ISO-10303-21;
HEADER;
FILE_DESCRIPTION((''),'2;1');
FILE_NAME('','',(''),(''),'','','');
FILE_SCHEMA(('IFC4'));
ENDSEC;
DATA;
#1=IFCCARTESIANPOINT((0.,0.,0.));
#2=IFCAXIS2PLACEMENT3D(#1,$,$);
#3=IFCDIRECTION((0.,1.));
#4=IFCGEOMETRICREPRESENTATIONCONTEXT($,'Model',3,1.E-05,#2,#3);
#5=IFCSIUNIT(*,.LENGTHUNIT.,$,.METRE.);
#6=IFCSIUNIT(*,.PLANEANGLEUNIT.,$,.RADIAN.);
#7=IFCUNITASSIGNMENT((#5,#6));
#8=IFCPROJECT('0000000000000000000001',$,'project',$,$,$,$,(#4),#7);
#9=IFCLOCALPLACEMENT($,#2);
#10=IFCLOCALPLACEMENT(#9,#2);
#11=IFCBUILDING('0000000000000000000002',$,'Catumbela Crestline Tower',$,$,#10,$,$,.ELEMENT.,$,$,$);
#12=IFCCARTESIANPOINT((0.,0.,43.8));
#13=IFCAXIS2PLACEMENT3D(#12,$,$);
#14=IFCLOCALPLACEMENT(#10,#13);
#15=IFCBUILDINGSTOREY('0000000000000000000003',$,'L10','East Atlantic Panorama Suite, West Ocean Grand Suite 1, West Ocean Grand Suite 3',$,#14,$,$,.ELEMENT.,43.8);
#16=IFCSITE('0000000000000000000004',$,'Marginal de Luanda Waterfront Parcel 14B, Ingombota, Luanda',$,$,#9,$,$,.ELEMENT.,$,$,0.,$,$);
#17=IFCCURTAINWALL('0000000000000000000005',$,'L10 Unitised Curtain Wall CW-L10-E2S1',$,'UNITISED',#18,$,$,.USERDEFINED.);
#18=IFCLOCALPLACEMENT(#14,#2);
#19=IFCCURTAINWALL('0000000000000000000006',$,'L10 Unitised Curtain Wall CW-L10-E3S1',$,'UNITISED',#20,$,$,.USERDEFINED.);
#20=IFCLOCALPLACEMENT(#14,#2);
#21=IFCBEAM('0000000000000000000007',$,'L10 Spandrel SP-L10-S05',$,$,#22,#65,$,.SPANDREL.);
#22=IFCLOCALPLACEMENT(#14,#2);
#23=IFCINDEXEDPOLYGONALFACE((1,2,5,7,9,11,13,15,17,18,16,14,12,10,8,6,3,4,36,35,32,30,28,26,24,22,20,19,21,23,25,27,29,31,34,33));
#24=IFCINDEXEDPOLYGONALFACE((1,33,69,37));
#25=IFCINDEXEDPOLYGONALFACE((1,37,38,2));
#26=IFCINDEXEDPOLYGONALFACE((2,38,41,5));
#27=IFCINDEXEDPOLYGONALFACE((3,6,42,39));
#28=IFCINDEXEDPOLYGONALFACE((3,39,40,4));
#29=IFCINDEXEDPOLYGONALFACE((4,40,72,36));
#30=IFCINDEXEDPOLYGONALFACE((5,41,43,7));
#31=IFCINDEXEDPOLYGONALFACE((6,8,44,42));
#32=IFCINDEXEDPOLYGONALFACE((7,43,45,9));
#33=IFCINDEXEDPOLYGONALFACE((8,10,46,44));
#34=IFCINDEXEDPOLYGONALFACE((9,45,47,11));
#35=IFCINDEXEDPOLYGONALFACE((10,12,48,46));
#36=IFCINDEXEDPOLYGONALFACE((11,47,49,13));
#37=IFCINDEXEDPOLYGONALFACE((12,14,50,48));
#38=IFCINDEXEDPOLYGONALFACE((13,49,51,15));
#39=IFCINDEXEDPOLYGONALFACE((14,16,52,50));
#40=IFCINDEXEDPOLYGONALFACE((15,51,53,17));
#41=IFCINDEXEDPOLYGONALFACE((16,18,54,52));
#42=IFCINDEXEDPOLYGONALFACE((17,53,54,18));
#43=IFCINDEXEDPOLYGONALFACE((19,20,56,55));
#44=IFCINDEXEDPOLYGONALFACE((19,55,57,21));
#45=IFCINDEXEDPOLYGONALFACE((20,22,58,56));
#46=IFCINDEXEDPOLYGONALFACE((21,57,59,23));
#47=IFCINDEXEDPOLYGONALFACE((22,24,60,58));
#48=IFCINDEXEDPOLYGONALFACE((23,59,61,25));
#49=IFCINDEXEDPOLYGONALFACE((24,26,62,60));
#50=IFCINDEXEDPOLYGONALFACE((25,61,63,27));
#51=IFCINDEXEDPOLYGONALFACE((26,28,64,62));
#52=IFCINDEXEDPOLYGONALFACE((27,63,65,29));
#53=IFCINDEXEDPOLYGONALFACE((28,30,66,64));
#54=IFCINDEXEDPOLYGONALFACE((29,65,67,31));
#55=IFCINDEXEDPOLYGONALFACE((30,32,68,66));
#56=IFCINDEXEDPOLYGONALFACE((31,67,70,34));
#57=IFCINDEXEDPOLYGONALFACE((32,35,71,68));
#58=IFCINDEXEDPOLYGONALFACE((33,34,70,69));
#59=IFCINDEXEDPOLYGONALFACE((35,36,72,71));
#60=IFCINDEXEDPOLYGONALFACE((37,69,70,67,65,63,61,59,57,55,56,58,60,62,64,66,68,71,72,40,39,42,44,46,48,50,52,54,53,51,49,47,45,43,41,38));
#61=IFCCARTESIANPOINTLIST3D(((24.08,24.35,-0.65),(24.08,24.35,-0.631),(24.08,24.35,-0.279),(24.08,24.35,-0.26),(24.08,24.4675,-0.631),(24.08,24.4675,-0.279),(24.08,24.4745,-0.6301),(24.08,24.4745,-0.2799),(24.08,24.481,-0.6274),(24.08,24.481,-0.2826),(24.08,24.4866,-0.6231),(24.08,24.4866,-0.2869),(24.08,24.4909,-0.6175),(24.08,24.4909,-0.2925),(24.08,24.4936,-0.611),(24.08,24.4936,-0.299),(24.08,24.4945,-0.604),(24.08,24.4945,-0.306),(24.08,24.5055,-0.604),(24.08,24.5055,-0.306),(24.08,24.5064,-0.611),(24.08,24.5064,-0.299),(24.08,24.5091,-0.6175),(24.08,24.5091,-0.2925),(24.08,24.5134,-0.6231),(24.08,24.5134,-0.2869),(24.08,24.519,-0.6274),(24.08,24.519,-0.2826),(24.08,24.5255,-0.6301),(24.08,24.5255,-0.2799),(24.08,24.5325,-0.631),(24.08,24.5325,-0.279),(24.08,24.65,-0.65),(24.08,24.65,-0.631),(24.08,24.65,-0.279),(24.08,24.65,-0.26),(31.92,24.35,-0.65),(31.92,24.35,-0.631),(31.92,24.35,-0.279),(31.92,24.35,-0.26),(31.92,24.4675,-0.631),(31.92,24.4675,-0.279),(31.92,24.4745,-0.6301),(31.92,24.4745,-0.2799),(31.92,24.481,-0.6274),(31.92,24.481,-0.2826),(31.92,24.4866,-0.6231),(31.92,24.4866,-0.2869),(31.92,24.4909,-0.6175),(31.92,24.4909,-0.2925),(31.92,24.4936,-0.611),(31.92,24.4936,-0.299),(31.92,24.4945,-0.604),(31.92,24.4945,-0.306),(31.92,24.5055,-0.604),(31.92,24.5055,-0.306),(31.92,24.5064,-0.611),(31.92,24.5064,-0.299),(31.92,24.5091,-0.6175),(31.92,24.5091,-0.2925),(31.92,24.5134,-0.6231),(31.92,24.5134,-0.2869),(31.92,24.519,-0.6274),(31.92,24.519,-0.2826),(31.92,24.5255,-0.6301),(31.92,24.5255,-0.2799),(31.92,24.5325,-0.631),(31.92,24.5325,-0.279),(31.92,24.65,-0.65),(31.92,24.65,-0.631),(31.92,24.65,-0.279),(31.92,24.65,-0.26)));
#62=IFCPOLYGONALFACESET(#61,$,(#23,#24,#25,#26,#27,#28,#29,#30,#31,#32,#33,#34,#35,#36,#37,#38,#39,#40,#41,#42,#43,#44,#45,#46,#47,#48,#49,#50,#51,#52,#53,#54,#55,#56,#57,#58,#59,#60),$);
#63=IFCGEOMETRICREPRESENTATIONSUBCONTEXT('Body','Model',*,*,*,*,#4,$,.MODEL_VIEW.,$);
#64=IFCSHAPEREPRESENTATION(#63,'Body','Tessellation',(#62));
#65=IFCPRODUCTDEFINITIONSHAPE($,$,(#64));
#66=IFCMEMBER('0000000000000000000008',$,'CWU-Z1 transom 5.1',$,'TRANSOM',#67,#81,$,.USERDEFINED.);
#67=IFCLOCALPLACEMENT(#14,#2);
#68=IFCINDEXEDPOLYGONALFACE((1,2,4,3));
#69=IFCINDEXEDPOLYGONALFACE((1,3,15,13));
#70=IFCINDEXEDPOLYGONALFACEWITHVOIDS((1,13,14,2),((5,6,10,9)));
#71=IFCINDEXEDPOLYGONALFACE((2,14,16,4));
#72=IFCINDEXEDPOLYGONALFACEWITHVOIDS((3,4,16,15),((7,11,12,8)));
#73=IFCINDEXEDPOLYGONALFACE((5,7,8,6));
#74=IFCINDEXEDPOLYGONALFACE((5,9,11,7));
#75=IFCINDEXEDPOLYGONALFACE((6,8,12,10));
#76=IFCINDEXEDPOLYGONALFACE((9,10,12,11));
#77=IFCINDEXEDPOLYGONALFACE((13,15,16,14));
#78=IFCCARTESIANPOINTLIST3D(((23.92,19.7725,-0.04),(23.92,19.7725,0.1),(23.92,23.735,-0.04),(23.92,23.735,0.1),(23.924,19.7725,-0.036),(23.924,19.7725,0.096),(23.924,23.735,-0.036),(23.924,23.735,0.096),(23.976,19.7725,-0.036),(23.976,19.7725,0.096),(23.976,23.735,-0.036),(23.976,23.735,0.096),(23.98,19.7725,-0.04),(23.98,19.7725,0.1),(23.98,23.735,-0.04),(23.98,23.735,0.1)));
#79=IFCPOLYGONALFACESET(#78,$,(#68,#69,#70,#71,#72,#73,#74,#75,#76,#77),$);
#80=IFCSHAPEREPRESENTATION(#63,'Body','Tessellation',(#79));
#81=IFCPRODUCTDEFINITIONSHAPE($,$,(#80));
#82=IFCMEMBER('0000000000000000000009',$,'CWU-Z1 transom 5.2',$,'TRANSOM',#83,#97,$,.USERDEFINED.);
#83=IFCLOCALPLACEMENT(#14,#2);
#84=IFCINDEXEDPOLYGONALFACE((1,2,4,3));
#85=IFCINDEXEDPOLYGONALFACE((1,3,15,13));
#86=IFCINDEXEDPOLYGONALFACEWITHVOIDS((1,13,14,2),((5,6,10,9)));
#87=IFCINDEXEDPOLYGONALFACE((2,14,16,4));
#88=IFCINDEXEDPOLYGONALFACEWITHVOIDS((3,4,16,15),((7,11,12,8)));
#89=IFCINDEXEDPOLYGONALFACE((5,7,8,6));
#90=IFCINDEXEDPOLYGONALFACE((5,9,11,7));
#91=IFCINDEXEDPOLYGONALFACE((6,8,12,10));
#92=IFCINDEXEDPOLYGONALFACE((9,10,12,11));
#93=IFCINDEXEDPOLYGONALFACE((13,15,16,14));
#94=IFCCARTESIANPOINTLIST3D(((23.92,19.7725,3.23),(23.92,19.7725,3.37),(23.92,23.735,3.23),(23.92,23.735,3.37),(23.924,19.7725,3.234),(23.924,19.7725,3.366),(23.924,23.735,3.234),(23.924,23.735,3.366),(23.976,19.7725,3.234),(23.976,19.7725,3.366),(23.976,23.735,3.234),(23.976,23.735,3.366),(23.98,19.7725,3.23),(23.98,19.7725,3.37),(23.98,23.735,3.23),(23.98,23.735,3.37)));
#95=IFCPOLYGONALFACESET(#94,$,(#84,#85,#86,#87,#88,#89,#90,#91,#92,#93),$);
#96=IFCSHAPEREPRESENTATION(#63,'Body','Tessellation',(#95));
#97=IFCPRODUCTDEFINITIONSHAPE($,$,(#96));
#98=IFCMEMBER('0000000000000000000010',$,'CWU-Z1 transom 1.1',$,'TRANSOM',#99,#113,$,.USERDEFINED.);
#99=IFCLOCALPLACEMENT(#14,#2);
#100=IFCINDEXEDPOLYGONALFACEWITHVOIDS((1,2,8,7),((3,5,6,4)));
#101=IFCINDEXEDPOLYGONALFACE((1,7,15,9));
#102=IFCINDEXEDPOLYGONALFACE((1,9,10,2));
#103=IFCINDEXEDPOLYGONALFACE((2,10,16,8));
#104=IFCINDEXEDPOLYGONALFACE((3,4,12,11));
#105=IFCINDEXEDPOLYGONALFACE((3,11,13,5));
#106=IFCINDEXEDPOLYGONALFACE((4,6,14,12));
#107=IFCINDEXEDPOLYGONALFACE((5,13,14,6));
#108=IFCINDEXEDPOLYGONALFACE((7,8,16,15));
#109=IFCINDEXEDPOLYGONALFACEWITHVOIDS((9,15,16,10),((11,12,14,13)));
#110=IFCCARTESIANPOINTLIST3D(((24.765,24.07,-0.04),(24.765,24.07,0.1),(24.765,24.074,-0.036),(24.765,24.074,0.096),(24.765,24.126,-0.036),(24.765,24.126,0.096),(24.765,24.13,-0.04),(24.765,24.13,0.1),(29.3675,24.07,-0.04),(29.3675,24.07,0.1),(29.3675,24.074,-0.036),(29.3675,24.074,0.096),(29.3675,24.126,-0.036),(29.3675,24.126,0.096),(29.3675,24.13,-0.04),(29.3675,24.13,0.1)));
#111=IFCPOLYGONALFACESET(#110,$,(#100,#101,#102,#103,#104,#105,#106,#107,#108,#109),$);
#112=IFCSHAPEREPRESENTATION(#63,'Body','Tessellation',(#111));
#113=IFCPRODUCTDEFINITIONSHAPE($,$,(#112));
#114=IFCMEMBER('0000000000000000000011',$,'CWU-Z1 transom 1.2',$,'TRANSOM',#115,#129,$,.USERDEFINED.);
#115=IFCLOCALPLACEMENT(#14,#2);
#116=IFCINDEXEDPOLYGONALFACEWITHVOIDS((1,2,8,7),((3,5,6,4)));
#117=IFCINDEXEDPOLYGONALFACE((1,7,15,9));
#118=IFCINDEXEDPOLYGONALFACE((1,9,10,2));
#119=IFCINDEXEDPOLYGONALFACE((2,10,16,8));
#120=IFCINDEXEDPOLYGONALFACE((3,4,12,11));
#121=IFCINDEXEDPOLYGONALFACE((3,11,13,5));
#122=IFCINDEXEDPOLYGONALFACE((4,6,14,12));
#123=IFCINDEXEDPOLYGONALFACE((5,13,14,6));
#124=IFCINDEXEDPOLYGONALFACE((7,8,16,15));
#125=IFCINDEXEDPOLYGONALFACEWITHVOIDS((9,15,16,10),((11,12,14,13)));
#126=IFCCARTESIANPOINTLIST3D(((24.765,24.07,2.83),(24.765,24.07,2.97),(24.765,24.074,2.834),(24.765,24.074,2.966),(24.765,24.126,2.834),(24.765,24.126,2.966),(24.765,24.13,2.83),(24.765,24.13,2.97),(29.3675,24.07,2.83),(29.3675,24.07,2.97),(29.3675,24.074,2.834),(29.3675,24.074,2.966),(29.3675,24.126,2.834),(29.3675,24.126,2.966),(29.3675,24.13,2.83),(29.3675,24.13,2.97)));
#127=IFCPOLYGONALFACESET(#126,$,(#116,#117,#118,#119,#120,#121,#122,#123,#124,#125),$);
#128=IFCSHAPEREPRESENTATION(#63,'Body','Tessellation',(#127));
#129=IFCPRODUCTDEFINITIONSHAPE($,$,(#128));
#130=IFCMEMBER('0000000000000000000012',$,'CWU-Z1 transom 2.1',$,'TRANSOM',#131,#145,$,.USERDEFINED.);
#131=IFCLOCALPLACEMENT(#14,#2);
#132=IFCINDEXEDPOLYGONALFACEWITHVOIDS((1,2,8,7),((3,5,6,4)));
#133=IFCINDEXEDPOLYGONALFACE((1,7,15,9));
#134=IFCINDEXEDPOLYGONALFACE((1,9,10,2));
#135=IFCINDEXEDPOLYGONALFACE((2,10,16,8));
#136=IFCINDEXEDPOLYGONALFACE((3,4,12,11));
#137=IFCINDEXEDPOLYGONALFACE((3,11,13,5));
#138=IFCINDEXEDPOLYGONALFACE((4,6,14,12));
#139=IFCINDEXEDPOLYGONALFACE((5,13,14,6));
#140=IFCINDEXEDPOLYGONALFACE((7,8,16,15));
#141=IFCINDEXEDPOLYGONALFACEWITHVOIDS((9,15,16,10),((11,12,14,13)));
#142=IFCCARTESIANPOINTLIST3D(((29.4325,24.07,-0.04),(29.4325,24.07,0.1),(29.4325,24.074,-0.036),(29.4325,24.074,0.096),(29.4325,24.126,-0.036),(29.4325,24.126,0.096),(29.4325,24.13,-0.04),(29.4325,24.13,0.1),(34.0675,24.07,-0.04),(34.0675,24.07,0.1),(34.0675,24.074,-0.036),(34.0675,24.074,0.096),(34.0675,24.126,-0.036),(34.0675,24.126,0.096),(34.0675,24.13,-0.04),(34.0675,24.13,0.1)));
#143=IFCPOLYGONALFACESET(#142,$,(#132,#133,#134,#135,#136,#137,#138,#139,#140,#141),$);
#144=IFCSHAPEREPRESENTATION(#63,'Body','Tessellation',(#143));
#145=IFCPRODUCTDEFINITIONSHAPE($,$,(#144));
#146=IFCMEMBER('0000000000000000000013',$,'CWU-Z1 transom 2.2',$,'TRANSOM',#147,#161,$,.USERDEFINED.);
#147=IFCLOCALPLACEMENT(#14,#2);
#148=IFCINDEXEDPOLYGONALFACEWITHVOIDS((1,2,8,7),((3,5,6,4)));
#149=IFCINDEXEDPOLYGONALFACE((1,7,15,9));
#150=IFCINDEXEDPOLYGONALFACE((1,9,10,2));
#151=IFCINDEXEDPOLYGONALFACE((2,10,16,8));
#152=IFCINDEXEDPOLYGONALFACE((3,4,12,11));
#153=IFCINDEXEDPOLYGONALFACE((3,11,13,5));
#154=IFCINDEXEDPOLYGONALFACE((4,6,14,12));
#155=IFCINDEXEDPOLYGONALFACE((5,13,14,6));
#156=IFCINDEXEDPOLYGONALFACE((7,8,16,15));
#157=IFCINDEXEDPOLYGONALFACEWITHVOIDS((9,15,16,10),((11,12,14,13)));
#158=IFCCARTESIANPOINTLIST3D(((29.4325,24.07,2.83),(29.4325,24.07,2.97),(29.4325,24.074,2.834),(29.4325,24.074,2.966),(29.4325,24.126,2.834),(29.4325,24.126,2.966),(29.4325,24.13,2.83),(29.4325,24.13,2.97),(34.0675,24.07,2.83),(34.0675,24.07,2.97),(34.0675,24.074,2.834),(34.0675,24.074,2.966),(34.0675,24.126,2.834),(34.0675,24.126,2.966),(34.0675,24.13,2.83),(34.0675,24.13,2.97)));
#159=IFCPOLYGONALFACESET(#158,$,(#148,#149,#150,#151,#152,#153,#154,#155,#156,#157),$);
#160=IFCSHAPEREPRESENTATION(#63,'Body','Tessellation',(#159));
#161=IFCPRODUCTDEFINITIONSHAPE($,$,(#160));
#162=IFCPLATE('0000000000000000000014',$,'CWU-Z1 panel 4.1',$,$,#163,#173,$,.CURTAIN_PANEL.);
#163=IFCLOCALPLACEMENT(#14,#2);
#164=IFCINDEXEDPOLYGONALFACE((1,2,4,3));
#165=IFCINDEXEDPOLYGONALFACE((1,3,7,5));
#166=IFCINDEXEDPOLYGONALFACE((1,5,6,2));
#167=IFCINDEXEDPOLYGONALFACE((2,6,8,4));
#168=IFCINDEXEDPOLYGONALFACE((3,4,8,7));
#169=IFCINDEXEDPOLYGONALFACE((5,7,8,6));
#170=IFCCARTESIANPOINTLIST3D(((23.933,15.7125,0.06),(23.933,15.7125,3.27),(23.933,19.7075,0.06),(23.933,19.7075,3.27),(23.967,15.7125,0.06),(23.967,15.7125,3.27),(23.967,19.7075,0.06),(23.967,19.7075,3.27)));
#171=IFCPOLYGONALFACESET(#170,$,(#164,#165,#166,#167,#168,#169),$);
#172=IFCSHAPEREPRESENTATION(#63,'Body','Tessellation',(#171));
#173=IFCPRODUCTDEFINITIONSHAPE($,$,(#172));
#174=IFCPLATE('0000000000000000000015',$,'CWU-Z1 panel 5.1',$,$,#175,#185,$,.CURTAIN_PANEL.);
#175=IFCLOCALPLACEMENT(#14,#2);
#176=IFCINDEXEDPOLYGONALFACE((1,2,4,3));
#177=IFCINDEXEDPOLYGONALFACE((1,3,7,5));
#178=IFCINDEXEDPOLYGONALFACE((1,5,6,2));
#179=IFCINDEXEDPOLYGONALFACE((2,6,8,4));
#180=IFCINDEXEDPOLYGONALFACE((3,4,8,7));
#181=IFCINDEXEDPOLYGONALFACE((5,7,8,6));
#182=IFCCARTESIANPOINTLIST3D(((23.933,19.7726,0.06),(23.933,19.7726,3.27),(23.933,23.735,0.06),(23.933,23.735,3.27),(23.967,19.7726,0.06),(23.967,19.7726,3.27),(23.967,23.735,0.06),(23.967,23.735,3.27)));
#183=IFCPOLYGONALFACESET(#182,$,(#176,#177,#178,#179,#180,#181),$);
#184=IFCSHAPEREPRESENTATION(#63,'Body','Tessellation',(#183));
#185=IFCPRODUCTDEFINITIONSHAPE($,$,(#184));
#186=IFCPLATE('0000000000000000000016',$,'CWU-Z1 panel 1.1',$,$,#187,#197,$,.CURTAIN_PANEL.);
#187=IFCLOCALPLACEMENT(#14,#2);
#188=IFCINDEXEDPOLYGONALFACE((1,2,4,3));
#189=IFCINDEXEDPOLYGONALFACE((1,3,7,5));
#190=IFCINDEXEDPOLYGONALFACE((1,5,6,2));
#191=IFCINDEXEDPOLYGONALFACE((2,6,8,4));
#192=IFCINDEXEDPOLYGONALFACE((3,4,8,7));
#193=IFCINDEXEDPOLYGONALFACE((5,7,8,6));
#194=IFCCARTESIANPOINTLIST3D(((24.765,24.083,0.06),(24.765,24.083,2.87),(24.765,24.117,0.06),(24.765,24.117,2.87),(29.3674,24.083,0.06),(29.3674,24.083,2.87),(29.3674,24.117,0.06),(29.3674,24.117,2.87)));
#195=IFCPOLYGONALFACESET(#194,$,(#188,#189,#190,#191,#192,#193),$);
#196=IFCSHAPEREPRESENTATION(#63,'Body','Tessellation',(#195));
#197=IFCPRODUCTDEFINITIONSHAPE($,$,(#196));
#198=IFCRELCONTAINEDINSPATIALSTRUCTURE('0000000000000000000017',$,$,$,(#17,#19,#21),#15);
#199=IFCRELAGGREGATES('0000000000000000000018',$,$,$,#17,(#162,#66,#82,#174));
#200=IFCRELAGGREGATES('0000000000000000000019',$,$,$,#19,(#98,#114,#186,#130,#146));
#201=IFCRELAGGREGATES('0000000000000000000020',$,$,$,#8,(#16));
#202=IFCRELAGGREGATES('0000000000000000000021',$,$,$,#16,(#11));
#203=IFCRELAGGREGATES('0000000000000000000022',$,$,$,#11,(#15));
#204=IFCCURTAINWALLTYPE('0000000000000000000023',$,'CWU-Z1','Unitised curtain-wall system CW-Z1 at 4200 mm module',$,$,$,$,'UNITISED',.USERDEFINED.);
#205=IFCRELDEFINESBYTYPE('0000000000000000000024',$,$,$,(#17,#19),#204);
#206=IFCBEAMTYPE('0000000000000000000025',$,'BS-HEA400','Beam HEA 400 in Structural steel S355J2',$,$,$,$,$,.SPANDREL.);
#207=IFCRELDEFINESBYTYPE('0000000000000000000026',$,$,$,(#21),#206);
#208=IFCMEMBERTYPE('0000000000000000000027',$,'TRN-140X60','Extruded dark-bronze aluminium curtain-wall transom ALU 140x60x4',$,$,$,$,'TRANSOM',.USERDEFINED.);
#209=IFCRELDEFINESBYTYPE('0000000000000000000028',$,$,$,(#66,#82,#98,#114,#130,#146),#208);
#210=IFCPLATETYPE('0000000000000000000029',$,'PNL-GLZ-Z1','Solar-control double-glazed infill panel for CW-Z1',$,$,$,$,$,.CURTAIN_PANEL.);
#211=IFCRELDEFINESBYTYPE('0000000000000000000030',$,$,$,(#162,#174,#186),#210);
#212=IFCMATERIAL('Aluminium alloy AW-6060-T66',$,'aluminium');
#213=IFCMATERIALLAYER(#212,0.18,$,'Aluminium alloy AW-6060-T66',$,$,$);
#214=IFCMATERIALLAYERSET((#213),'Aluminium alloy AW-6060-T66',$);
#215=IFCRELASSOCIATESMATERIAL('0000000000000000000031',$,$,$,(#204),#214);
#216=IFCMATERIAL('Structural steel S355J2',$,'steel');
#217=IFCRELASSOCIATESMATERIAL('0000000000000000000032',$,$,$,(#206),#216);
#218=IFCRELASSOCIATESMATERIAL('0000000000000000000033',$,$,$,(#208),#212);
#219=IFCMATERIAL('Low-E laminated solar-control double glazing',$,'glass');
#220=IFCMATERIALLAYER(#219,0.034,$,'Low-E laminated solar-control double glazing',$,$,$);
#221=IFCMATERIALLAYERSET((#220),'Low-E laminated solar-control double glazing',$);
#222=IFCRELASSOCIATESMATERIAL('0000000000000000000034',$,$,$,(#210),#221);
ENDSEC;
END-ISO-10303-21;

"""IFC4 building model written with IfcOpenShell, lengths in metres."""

from ifc_helpers import new_model, si_unit, direction, frame, origin, origin_2d, place, context, subcontext, project, spatial, rectangle, hollow_rectangle, i_section, extrude, material, layer, layer_set, material_profile, profile_set, type_object, element, aggregate, save


model = new_model("IFC4")

# Units and contexts
model_context = context("Model", 3, precision=1e-05, world=origin(), true_north=direction((0.0, 1.0)))
body_context = subcontext(model_context, "Body", "Model", "MODEL_VIEW")
ifc_project = project(units=[si_unit("LENGTHUNIT", "METRE"), si_unit("PLANEANGLEUNIT", "RADIAN")], contexts=[model_context])

# Site, building, storey
site_placement = place(None, origin())
site = spatial("IfcSite", under=ifc_project, at=site_placement, Name="Marginal de Luanda Waterfront Parcel 14B, Ingombota, Luanda", CompositionType="ELEMENT", RefElevation=0.0)
building_placement = place(site_placement, origin())
building = spatial("IfcBuilding", under=site, at=building_placement, Name="Catumbela Crestline Tower", CompositionType="ELEMENT")
storey_placement = place(building_placement, frame((0.0, 0.0, 43.8)))
storey = spatial("IfcBuildingStorey", under=building, at=storey_placement, Name="L10", Description="East Atlantic Panorama Suite, West Ocean Grand Suite 1, West Ocean Grand Suite 3", CompositionType="ELEMENT", Elevation=43.8)

# Shared definitions
ifc_material_1 = material(Name="Structural steel S355J2", Category="steel")

# Curtain walls
ifc_material_2 = material(Name="Aluminium alloy AW-6060-T66", Category="aluminium")
ifc_layer_1 = layer(ifc_material_2, 0.18, Name="Aluminium alloy AW-6060-T66")
ifc_layer_set_1 = layer_set([ifc_layer_1], Name="Aluminium alloy AW-6060-T66")
curtain_wall_type = type_object("IfcCurtainWallType", Name="CWU-Z1", Description="Unitised curtain-wall system CW-Z1 at 4200 mm module", ElementType="UNITISED", PredefinedType="USERDEFINED", material=ifc_layer_set_1)
curtain_wall_1_placement = place(storey_placement, origin())
curtain_wall_1 = element("IfcCurtainWall", 1, at=curtain_wall_1_placement, inside=storey, type_object=curtain_wall_type, Name="L10 Unitised Curtain Wall CW-L10-E2S1", ObjectType="UNITISED", PredefinedType="USERDEFINED")
curtain_wall_2_placement = place(storey_placement, origin())
curtain_wall_2 = element("IfcCurtainWall", 2, at=curtain_wall_2_placement, inside=storey, type_object=curtain_wall_type, Name="L10 Unitised Curtain Wall CW-L10-E3S1", ObjectType="UNITISED", PredefinedType="USERDEFINED")

# Beam
ifc_material_profile_1 = material_profile(ifc_material_1, i_section(OverallWidth=0.3, OverallDepth=0.39, WebThickness=0.011, FlangeThickness=0.019, FilletRadius=0.027, at=origin_2d()), Name="HEA 400")
ifc_profile_set_1 = profile_set([ifc_material_profile_1], Name="Structural steel S355J2")
beam_type_1 = type_object("IfcBeamType", Name="BS-HEA400", Description="Beam HEA 400 in Structural steel S355J2", PredefinedType="SPANDREL", material=ifc_profile_set_1)
beam_1_placement = place(storey_placement, frame((24.08, 24.5, -0.455), z_axis=(1.0, 0.0, 0.0), x_axis=(0.0, 1.0, 0.0)))
element("IfcBeam", 3, at=beam_1_placement, inside=storey, type_object=beam_type_1, Name="L10 Spandrel SP-L10-S05", PredefinedType="SPANDREL", context=body_context, shape_type="SweptSolid", body=[
    extrude(i_section(OverallWidth=0.3, OverallDepth=0.39, WebThickness=0.011, FlangeThickness=0.019, FilletRadius=0.027, at=origin_2d()), origin(), (0.0, 0.0, 1.0), 7.84),
])

# Members
ifc_material_profile_2 = material_profile(ifc_material_2, hollow_rectangle(XDim=0.06, YDim=0.14, WallThickness=0.004, at=origin_2d()), Name="ALU 140x60x4")
ifc_profile_set_2 = profile_set([ifc_material_profile_2], Name="Aluminium alloy AW-6060-T66")
member_type_1 = type_object("IfcMemberType", Name="TRN-140X60", Description="Extruded dark-bronze aluminium curtain-wall transom ALU 140x60x4", ElementType="TRANSOM", PredefinedType="USERDEFINED", material=ifc_profile_set_2)
member_1_placement = place(storey_placement, frame((23.95, 19.7725, 0.03), z_axis=(0.0, 1.0, 0.0), x_axis=(-1.0, 0.0, 0.0)))
member_1 = element("IfcMember", 4, at=member_1_placement, type_object=member_type_1, Name="CWU-Z1 transom 5.1", ObjectType="TRANSOM", PredefinedType="USERDEFINED", context=body_context, shape_type="SweptSolid", body=[
    extrude(hollow_rectangle(XDim=0.06, YDim=0.14, WallThickness=0.004, at=origin_2d()), origin(), (0.0, 0.0, 1.0), 3.9625),
])
member_2_placement = place(storey_placement, frame((23.95, 19.7725, 3.3), z_axis=(0.0, 1.0, 0.0), x_axis=(-1.0, 0.0, 0.0)))
member_2 = element("IfcMember", 5, at=member_2_placement, type_object=member_type_1, Name="CWU-Z1 transom 5.2", ObjectType="TRANSOM", PredefinedType="USERDEFINED", context=body_context, shape_type="SweptSolid", body=[
    extrude(hollow_rectangle(XDim=0.06, YDim=0.14, WallThickness=0.004, at=origin_2d()), origin(), (0.0, 0.0, 1.0), 3.9625),
])
member_3_placement = place(storey_placement, frame((24.765, 24.1, 0.03), z_axis=(1.0, 0.0, 0.0), x_axis=(0.0, 1.0, 0.0)))
member_3 = element("IfcMember", 6, at=member_3_placement, type_object=member_type_1, Name="CWU-Z1 transom 1.1", ObjectType="TRANSOM", PredefinedType="USERDEFINED", context=body_context, shape_type="SweptSolid", body=[
    extrude(hollow_rectangle(XDim=0.06, YDim=0.14, WallThickness=0.004, at=origin_2d()), origin(), (0.0, 0.0, 1.0), 4.6025),
])
member_4_placement = place(storey_placement, frame((24.765, 24.1, 2.9), z_axis=(1.0, 0.0, 0.0), x_axis=(0.0, 1.0, 0.0)))
member_4 = element("IfcMember", 7, at=member_4_placement, type_object=member_type_1, Name="CWU-Z1 transom 1.2", ObjectType="TRANSOM", PredefinedType="USERDEFINED", context=body_context, shape_type="SweptSolid", body=[
    extrude(hollow_rectangle(XDim=0.06, YDim=0.14, WallThickness=0.004, at=origin_2d()), origin(), (0.0, 0.0, 1.0), 4.6025),
])
member_5_placement = place(storey_placement, frame((29.4325, 24.1, 0.03), z_axis=(1.0, 0.0, 0.0), x_axis=(0.0, 1.0, 0.0)))
member_5 = element("IfcMember", 8, at=member_5_placement, type_object=member_type_1, Name="CWU-Z1 transom 2.1", ObjectType="TRANSOM", PredefinedType="USERDEFINED", context=body_context, shape_type="SweptSolid", body=[
    extrude(hollow_rectangle(XDim=0.06, YDim=0.14, WallThickness=0.004, at=origin_2d()), origin(), (0.0, 0.0, 1.0), 4.635),
])
member_6_placement = place(storey_placement, frame((29.4325, 24.1, 2.9), z_axis=(1.0, 0.0, 0.0), x_axis=(0.0, 1.0, 0.0)))
member_6 = element("IfcMember", 9, at=member_6_placement, type_object=member_type_1, Name="CWU-Z1 transom 2.2", ObjectType="TRANSOM", PredefinedType="USERDEFINED", context=body_context, shape_type="SweptSolid", body=[
    extrude(hollow_rectangle(XDim=0.06, YDim=0.14, WallThickness=0.004, at=origin_2d()), origin(), (0.0, 0.0, 1.0), 4.635),
])

# Plates
ifc_material_3 = material(Name="Low-E laminated solar-control double glazing", Category="glass")
ifc_layer_2 = layer(ifc_material_3, 0.034, Name="Low-E laminated solar-control double glazing")
ifc_layer_set_2 = layer_set([ifc_layer_2], Name="Low-E laminated solar-control double glazing")
plate_type = type_object("IfcPlateType", Name="PNL-GLZ-Z1", Description="Solar-control double-glazed infill panel for CW-Z1", PredefinedType="CURTAIN_PANEL", material=ifc_layer_set_2)
plate_1_placement = place(storey_placement, frame((23.95, 17.71, 0.06), z_axis=(0.0, 0.0, 1.0), x_axis=(0.0, 1.0, 0.0)))
plate_1 = element("IfcPlate", 10, at=plate_1_placement, type_object=plate_type, Name="CWU-Z1 panel 4.1", PredefinedType="CURTAIN_PANEL", context=body_context, shape_type="SweptSolid", body=[
    extrude(rectangle(XDim=3.995, YDim=0.034, at=origin_2d()), origin(), (0.0, 0.0, 1.0), 3.21),
])
plate_2_placement = place(storey_placement, frame((23.95, 21.7538, 0.06), z_axis=(0.0, 0.0, 1.0), x_axis=(0.0, 1.0, 0.0)))
plate_2 = element("IfcPlate", 11, at=plate_2_placement, type_object=plate_type, Name="CWU-Z1 panel 5.1", PredefinedType="CURTAIN_PANEL", context=body_context, shape_type="SweptSolid", body=[
    extrude(rectangle(XDim=3.9625, YDim=0.034, at=origin_2d()), origin(), (0.0, 0.0, 1.0), 3.21),
])
aggregate(curtain_wall_1, [plate_1, member_1, member_2, plate_2])
plate_3_placement = place(storey_placement, frame((27.0662, 24.1, 0.06), z_axis=(0.0, 0.0, 1.0), x_axis=(1.0, 0.0, 0.0)))
plate_3 = element("IfcPlate", 12, at=plate_3_placement, type_object=plate_type, Name="CWU-Z1 panel 1.1", PredefinedType="CURTAIN_PANEL", context=body_context, shape_type="SweptSolid", body=[
    extrude(rectangle(XDim=4.6025, YDim=0.034, at=origin_2d()), origin(), (0.0, 0.0, 1.0), 2.81),
])
aggregate(curtain_wall_2, [member_3, member_4, plate_3, member_5, member_6])

save(model, "model.ifc")
